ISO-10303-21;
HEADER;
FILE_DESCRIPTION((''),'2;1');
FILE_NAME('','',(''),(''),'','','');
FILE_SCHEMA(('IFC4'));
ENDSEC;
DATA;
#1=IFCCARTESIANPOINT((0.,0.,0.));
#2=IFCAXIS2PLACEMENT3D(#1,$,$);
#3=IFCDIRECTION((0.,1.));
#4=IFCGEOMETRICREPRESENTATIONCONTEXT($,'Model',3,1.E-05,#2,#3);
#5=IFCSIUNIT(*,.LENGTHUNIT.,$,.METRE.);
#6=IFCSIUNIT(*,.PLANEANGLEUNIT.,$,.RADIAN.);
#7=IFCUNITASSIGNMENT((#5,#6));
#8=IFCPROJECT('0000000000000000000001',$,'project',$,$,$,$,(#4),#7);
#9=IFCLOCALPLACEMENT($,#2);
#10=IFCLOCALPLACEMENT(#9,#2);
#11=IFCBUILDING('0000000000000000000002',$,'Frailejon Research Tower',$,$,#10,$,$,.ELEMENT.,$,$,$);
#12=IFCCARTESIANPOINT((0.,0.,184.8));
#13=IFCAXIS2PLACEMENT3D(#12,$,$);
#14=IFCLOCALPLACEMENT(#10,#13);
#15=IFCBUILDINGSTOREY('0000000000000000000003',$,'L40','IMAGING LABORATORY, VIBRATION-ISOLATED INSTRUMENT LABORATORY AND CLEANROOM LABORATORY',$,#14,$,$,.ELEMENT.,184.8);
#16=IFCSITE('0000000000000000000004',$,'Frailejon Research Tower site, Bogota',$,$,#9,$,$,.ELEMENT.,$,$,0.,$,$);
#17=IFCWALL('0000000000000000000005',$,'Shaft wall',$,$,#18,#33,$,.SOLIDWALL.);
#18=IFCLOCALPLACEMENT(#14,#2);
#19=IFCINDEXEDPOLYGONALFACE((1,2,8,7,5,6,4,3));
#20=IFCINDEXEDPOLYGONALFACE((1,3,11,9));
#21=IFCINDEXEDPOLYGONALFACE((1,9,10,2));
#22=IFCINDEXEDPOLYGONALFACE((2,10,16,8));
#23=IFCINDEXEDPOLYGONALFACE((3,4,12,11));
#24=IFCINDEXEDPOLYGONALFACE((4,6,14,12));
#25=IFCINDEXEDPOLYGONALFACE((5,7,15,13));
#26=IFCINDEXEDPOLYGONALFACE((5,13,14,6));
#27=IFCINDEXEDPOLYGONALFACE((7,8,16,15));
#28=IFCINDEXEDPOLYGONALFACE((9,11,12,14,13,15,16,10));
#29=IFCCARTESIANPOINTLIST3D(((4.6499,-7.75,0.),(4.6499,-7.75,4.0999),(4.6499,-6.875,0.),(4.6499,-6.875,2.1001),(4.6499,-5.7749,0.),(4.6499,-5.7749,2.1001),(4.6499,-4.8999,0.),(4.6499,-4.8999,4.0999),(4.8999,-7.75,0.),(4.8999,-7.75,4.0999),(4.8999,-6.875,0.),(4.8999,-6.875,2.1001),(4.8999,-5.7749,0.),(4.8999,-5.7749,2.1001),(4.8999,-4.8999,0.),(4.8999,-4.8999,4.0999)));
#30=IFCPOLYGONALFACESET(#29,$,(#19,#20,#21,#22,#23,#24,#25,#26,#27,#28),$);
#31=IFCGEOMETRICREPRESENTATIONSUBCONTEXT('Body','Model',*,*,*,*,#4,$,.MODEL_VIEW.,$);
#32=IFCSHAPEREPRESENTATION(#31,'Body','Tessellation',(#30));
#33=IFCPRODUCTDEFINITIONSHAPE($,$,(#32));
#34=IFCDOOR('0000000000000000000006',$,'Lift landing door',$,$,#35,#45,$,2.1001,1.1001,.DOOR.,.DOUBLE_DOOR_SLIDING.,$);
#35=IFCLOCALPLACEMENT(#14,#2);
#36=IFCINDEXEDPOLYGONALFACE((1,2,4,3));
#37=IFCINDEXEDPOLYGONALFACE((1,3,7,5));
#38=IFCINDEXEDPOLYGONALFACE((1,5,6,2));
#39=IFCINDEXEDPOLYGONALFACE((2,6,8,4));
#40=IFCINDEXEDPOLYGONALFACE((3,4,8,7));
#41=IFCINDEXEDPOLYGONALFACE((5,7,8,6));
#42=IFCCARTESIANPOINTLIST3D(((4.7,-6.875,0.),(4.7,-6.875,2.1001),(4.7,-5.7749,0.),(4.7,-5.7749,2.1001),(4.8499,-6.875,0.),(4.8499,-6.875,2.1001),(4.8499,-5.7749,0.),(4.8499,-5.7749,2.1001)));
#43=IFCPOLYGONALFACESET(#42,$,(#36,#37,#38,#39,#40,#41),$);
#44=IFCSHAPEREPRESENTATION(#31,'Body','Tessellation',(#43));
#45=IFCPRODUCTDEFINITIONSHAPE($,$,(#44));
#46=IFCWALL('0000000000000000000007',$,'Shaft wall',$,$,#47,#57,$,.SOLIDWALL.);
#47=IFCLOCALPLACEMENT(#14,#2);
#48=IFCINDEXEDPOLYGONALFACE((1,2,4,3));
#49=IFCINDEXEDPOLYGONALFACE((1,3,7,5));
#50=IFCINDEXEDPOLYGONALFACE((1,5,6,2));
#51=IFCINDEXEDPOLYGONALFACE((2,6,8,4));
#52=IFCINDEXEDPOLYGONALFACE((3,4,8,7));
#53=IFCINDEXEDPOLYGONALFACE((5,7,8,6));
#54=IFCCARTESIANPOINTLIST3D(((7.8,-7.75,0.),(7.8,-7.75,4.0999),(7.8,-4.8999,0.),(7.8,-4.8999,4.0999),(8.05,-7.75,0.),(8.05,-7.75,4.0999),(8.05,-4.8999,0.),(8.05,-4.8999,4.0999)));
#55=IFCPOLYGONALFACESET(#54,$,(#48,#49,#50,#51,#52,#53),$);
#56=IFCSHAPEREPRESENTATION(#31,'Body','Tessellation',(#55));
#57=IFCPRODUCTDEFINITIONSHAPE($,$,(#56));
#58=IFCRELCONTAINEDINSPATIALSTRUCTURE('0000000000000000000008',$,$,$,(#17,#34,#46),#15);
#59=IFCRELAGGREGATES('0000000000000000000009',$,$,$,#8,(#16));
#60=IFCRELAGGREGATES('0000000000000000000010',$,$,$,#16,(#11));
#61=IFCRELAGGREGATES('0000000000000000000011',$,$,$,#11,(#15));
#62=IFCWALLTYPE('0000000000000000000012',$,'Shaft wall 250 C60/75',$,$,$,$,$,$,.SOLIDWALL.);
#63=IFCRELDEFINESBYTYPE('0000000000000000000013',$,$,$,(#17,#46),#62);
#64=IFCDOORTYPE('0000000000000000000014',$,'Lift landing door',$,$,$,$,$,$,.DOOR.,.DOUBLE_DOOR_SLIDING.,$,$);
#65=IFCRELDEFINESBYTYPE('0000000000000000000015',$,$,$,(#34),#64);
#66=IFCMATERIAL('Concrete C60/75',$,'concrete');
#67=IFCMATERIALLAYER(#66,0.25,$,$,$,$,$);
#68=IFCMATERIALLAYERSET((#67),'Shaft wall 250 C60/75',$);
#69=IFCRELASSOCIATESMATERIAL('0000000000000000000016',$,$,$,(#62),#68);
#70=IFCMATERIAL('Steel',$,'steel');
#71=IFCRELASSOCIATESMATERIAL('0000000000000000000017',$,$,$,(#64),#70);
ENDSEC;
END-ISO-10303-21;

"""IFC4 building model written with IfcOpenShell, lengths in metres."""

from ifc_helpers import new_model, si_unit, direction, frame, frame_2d, origin, place, context, subcontext, project, spatial, rectangle, extrude, material, layer, layer_set, type_object, element, fill, save


model = new_model("IFC4")

# Units and contexts
model_context = context("Model", 3, precision=1e-05, world=origin(), true_north=direction((0.0, 1.0)))
body_context = subcontext(model_context, "Body", "Model", "MODEL_VIEW")
ifc_project = project(units=[si_unit("LENGTHUNIT", "METRE"), si_unit("PLANEANGLEUNIT", "RADIAN")], contexts=[model_context])

# Site, building, storey
site_placement = place(None, origin())
site = spatial("IfcSite", under=ifc_project, at=site_placement, Name="Frailejon Research Tower site, Bogota", CompositionType="ELEMENT", RefElevation=0.0)
building_placement = place(site_placement, origin())
building = spatial("IfcBuilding", under=site, at=building_placement, Name="Frailejon Research Tower", CompositionType="ELEMENT")
storey_placement = place(building_placement, frame((0.0, 0.0, 184.8)))
storey = spatial("IfcBuildingStorey", under=building, at=storey_placement, Name="L40", Description="IMAGING LABORATORY, VIBRATION-ISOLATED INSTRUMENT LABORATORY AND CLEANROOM LABORATORY", CompositionType="ELEMENT", Elevation=184.8)

# Wall, opening, door
ifc_material_1 = material(Name="Concrete C60/75", Category="concrete")
ifc_layer_1 = layer(ifc_material_1, 0.25)
ifc_layer_set_1 = layer_set([ifc_layer_1], Name="Shaft wall 250 C60/75")
wall_type_1 = type_object("IfcWallType", Name="Shaft wall 250 C60/75", PredefinedType="SOLIDWALL", material=ifc_layer_set_1)
ifc_material_2 = material(Name="Steel", Category="steel")
door_type_1 = type_object("IfcDoorType", Name="Lift landing door", OperationType="DOUBLE_DOOR_SLIDING", PredefinedType="DOOR", material=ifc_material_2)
wall_1_placement = place(storey_placement, frame((4.7749, -7.75, 0.0), z_axis=(0.0, 0.0, 1.0), x_axis=(0.0, 1.0, 0.0)))
wall_1 = element("IfcWall", 1, at=wall_1_placement, inside=storey, type_object=wall_type_1, Name="Shaft wall", PredefinedType="SOLIDWALL", context=body_context, shape_type="SweptSolid", body=[
    extrude(rectangle(XDim=2.8501, YDim=0.25, at=frame_2d((1.425, 0.0))), origin(), (0.0, 0.0, 1.0), 4.0999),
])
opening_1_placement = place(wall_1_placement, frame((0.875, 0.0, 0.0)))
opening_1 = element("IfcOpeningElement", 2, at=opening_1_placement, cuts=wall_1, PredefinedType="OPENING", context=body_context, shape_type="SweptSolid", body=[
    extrude(rectangle(XDim=1.1001, YDim=2.1001, at=frame_2d((0.55, 1.05))), frame((0.0, 0.135, 0.0), z_axis=(0.0, -1.0, 0.0), x_axis=(1.0, 0.0, 0.0)), (0.0, 0.0, 1.0), 0.27),
])
door_1_placement = place(opening_1_placement, origin())
door_1 = element("IfcDoor", 3, at=door_1_placement, inside=storey, type_object=door_type_1, Name="Lift landing door", OperationType="DOUBLE_DOOR_SLIDING", OverallHeight=2.1001, OverallWidth=1.1001, PredefinedType="DOOR", context=body_context, shape_type="SweptSolid", body=[
    extrude(rectangle(XDim=1.1001, YDim=2.1001, at=frame_2d((0.55, 1.05))), frame((0.0, 0.075, 0.0), z_axis=(0.0, -1.0, 0.0), x_axis=(1.0, 0.0, 0.0)), (0.0, 0.0, 1.0), 0.1499),
])
fill(opening_1, door_1)

# Wall
wall_2_placement = place(storey_placement, frame((7.925, -7.75, 0.0), z_axis=(0.0, 0.0, 1.0), x_axis=(0.0, 1.0, 0.0)))
element("IfcWall", 4, at=wall_2_placement, inside=storey, type_object=wall_type_1, Name="Shaft wall", PredefinedType="SOLIDWALL", context=body_context, shape_type="SweptSolid", body=[
    extrude(rectangle(XDim=2.8501, YDim=0.25, at=frame_2d((1.425, 0.0))), origin(), (0.0, 0.0, 1.0), 4.0999),
])

save(model, "model.ifc")
